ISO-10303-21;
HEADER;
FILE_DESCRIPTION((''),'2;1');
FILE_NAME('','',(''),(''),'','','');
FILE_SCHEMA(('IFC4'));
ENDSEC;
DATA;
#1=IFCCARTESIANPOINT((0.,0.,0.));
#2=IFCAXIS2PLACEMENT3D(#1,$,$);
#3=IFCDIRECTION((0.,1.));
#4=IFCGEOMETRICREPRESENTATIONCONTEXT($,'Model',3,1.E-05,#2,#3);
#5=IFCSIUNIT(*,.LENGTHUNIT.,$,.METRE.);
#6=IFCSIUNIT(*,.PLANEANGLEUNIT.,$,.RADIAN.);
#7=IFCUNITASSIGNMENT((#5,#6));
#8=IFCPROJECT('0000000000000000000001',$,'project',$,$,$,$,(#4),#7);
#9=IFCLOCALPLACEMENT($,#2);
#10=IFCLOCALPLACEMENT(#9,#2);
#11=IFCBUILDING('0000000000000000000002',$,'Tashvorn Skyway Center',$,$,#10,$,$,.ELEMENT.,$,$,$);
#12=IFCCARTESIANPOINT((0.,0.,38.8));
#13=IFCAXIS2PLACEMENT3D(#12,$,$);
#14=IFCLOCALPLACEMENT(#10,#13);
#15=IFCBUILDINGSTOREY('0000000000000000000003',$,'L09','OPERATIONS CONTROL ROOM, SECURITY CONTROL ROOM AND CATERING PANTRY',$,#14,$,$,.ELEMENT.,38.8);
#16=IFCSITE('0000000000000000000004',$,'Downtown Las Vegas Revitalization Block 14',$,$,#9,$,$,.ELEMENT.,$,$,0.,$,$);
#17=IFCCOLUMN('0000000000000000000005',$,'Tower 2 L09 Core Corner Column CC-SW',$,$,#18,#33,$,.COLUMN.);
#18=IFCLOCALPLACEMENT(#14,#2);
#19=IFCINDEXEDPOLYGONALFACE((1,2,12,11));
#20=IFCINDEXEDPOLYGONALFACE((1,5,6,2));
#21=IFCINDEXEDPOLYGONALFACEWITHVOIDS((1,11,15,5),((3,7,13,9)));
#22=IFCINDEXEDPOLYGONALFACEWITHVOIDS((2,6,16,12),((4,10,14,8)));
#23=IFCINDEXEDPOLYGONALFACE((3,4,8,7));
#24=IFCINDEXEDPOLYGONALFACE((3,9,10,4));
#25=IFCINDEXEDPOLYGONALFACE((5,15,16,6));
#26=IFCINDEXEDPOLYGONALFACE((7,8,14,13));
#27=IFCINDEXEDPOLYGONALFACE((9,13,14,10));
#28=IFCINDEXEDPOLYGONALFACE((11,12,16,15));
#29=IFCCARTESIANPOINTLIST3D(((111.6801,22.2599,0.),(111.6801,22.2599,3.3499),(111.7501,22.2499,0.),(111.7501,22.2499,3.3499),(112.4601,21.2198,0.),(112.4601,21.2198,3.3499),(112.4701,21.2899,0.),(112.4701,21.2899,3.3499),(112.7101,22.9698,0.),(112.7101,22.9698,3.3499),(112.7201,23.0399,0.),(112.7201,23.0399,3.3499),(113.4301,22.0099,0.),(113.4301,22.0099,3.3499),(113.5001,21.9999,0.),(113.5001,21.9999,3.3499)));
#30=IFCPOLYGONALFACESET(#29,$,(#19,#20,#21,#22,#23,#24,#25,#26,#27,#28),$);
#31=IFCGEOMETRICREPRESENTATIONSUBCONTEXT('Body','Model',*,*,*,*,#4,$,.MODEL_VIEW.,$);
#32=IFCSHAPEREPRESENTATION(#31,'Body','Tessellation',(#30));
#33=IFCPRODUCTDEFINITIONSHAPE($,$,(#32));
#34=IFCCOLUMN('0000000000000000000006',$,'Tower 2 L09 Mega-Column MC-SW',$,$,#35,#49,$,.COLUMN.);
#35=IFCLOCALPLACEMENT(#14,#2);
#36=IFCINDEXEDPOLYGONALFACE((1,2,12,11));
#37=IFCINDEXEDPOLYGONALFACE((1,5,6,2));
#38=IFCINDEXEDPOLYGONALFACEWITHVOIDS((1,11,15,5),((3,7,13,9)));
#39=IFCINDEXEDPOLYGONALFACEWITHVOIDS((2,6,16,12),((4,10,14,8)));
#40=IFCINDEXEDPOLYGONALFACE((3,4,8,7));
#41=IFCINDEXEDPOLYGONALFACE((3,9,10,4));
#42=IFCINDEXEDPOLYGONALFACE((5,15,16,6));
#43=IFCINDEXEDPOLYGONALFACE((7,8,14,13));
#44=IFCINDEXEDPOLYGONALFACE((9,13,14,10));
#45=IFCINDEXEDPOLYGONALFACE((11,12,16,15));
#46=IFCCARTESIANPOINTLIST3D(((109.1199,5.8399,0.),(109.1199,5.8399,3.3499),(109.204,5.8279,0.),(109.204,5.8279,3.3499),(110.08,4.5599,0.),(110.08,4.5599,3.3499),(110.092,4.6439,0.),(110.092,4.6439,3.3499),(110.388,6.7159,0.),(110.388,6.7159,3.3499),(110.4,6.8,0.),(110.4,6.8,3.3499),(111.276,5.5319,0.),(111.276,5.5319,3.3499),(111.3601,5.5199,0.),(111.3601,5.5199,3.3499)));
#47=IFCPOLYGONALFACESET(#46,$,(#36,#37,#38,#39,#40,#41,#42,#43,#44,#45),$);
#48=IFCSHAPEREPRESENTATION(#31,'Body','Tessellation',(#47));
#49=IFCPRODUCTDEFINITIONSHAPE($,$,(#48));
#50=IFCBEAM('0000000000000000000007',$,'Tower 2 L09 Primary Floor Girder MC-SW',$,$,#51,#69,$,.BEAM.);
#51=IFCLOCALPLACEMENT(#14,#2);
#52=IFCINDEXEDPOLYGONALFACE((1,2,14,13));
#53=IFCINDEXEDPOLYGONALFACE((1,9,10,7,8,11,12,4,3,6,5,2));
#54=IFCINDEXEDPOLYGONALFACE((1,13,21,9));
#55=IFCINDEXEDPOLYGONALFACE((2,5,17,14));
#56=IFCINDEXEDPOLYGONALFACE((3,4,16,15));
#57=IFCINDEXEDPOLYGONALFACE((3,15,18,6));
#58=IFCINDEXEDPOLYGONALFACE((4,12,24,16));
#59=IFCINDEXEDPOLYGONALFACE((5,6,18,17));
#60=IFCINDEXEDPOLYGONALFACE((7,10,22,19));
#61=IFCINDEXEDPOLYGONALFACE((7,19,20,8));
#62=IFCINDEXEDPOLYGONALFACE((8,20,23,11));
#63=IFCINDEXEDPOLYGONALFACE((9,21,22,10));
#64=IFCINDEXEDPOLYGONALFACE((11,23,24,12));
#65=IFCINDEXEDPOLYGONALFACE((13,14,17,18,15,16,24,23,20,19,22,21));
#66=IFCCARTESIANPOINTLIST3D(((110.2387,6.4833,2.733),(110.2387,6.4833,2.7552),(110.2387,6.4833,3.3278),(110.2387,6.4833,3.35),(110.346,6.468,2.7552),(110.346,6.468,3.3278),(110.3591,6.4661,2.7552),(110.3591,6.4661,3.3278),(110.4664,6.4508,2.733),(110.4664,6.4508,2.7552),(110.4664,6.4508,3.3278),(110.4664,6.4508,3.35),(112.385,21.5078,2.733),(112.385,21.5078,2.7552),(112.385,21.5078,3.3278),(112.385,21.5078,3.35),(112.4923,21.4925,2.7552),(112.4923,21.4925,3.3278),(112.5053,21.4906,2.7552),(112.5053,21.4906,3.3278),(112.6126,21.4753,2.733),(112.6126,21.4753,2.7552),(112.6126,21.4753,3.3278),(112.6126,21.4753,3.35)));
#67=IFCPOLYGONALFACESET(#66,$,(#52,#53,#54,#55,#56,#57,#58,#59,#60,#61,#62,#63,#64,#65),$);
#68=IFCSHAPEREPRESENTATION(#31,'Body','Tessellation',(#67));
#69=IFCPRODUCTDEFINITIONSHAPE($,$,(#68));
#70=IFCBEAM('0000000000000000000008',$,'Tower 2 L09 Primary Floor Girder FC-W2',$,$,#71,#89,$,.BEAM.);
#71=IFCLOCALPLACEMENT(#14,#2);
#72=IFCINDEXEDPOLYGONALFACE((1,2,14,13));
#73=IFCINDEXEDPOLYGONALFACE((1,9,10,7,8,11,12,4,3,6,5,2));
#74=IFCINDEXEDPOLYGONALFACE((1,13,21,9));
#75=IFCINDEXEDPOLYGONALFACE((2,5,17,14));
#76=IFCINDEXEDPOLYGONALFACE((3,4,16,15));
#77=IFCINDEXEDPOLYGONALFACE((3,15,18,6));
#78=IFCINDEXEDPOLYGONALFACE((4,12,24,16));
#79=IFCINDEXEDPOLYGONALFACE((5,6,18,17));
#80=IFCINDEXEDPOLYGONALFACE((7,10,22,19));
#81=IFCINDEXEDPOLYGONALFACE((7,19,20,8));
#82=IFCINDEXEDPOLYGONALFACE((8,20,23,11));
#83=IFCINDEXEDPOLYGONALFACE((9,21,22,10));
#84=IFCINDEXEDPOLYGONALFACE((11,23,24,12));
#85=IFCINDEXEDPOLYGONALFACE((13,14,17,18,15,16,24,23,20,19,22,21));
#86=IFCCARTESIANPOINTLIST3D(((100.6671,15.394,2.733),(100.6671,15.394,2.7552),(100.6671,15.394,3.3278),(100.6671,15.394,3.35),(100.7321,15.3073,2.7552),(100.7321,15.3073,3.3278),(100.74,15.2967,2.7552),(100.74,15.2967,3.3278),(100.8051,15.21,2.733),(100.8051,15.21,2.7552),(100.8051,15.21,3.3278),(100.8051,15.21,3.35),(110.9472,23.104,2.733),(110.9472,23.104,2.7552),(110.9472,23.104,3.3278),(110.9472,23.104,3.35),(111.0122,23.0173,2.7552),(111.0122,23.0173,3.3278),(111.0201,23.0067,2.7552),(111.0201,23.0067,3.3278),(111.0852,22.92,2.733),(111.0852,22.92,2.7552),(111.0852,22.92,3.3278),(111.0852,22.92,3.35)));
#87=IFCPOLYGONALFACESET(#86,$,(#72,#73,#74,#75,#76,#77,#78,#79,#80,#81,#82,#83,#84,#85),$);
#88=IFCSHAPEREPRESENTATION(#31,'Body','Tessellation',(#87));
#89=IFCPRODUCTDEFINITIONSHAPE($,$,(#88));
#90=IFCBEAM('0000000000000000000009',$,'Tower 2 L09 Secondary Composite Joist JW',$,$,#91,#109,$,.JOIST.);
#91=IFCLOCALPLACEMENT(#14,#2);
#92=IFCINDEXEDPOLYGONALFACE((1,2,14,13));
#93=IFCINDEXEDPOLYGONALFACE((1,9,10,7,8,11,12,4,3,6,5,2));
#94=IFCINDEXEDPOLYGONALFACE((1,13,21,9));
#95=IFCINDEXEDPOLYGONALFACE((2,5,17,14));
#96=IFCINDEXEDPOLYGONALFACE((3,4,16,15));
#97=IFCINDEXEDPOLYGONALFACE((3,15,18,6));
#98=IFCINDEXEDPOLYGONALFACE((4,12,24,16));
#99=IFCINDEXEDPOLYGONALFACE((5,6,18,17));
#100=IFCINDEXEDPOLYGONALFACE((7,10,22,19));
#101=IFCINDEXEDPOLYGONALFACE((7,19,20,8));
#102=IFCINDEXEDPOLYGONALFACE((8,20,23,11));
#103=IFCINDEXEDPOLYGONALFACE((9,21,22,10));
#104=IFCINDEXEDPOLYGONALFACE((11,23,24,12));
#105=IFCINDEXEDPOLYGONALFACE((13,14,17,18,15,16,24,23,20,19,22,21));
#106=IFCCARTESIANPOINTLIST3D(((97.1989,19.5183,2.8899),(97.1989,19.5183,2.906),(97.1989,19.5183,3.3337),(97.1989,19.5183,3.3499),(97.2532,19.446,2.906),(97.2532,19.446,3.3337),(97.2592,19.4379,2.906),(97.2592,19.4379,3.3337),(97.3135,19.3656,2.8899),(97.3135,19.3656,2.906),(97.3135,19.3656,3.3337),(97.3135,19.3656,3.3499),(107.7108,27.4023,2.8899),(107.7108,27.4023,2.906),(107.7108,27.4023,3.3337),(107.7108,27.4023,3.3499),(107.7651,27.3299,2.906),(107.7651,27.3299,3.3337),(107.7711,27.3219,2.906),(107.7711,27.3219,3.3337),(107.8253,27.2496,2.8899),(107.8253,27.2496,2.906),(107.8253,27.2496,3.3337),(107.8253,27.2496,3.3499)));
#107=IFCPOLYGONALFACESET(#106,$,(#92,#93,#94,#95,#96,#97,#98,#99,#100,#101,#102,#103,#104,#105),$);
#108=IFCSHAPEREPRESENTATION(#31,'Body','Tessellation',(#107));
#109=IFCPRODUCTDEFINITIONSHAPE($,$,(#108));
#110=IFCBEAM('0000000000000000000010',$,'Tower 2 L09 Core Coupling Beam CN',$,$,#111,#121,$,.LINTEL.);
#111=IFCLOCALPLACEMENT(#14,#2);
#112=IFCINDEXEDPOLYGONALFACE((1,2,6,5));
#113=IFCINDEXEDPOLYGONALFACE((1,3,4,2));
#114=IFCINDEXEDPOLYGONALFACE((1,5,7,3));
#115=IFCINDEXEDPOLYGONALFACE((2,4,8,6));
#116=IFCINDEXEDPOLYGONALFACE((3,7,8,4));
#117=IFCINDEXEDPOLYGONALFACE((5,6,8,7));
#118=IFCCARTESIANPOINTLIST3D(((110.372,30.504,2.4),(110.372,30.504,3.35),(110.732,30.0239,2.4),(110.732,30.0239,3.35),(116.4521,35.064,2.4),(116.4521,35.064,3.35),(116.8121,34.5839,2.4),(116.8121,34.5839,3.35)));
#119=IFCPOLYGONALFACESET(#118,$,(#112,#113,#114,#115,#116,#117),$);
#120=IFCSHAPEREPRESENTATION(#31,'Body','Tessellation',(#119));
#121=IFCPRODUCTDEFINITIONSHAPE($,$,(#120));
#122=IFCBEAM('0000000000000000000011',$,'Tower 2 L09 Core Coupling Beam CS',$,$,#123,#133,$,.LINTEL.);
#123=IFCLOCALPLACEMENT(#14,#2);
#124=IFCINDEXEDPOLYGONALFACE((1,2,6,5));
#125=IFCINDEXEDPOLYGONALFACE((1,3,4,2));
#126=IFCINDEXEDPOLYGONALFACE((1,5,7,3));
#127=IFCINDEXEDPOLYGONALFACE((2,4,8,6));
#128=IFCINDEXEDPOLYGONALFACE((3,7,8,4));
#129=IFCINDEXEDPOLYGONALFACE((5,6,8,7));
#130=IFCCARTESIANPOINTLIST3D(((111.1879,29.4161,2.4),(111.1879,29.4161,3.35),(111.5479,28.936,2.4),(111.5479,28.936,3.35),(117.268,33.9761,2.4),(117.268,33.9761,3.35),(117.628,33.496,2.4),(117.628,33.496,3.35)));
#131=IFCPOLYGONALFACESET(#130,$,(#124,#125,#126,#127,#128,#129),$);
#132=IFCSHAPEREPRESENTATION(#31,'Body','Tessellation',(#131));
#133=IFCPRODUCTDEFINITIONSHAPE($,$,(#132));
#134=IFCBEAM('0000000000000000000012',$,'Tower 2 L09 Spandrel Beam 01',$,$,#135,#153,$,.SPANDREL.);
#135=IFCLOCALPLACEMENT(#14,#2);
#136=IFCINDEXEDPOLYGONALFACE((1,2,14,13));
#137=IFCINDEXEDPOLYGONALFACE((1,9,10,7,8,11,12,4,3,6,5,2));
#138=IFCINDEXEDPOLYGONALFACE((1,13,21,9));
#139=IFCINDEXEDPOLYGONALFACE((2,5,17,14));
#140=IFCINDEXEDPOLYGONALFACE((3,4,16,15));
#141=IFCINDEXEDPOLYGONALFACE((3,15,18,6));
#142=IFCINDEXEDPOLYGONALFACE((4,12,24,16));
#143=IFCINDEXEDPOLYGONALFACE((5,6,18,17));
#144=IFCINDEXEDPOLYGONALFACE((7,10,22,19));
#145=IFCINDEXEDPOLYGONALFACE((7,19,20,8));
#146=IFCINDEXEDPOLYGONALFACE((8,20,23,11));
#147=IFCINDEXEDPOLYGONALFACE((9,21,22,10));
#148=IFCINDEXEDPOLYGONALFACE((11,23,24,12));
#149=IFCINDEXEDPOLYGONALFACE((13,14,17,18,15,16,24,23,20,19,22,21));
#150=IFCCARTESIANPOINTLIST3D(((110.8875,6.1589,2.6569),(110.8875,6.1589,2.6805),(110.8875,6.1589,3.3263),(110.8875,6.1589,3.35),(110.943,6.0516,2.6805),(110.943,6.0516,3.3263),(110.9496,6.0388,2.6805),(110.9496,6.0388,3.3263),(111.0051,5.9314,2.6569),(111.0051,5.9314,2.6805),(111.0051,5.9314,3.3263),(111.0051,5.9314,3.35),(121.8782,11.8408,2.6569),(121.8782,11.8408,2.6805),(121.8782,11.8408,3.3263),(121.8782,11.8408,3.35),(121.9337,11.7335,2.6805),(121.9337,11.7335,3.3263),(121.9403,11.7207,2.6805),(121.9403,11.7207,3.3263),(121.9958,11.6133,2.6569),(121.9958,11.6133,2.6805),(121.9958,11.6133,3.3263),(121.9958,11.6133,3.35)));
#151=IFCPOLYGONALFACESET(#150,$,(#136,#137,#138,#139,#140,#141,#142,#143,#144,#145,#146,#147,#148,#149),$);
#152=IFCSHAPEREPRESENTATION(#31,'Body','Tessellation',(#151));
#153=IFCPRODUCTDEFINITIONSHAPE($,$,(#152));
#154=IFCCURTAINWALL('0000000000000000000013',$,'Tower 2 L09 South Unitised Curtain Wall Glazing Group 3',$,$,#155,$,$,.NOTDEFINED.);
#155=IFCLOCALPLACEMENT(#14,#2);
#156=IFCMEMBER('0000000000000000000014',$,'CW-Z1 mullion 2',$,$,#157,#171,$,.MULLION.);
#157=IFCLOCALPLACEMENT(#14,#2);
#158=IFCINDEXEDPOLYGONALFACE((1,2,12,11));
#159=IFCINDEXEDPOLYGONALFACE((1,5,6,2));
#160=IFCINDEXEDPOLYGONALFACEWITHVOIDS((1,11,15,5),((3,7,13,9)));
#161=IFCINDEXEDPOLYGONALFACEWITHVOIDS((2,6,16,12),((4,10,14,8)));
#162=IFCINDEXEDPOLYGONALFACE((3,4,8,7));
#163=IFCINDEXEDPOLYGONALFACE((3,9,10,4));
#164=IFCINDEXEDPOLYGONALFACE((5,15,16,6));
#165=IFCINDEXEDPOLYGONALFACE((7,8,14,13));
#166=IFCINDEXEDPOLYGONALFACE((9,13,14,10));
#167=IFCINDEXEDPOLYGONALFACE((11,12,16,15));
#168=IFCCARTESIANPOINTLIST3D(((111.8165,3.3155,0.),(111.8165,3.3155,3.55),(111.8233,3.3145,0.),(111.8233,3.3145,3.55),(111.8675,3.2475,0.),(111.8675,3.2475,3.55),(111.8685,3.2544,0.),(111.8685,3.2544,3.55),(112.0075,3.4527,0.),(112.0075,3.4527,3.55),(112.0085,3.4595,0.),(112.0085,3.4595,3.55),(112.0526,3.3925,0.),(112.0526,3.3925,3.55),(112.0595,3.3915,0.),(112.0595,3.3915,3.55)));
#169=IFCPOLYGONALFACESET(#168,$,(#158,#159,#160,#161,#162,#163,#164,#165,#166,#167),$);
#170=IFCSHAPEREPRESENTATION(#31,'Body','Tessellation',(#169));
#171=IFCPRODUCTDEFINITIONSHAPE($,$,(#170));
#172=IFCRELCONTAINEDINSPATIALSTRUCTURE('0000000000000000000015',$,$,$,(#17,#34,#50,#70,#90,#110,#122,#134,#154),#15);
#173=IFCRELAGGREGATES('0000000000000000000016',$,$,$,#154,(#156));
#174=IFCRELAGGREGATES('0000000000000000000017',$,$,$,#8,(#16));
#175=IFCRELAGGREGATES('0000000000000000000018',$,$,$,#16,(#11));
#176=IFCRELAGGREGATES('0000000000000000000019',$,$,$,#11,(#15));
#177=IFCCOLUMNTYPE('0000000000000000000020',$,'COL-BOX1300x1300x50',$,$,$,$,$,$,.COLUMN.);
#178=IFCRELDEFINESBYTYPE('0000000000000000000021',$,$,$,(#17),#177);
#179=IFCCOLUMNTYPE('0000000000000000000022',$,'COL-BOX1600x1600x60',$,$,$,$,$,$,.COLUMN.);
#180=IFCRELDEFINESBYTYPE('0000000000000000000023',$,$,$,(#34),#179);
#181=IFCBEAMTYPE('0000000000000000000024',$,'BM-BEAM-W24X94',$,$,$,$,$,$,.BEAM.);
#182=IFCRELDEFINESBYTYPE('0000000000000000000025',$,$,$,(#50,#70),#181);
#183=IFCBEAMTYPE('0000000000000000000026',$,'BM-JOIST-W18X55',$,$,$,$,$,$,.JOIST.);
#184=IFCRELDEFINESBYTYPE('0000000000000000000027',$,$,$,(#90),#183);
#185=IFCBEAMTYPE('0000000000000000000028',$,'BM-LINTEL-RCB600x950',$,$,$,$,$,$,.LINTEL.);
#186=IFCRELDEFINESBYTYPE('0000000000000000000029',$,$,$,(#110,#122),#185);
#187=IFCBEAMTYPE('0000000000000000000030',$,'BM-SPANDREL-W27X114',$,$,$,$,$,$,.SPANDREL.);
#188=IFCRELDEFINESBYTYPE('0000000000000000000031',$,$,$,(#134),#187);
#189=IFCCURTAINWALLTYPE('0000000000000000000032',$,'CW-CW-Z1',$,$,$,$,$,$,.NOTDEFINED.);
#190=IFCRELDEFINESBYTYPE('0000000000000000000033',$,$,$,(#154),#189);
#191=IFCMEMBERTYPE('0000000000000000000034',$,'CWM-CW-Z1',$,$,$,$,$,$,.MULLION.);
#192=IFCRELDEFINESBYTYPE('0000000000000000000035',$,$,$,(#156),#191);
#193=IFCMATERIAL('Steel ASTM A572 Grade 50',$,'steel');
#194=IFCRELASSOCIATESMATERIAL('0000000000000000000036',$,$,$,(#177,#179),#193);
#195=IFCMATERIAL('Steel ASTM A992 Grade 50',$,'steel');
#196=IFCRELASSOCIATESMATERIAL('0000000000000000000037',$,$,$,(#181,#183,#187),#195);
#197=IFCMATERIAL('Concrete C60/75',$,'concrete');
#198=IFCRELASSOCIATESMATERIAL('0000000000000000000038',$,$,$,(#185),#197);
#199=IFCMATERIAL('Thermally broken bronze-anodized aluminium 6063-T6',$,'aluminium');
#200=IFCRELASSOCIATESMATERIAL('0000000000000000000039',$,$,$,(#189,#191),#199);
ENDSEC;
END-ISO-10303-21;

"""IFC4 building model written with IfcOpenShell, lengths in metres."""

from ifc_helpers import new_model, si_unit, direction, frame, origin, origin_2d, place, context, subcontext, project, spatial, rectangle, hollow_rectangle, i_section, extrude, material, material_profile, profile_set, type_object, element, aggregate, save


model = new_model("IFC4")

# Units and contexts
model_context = context("Model", 3, precision=1e-05, world=origin(), true_north=direction((0.0, 1.0)))
body_context = subcontext(model_context, "Body", "Model", "MODEL_VIEW")
ifc_project = project(units=[si_unit("LENGTHUNIT", "METRE"), si_unit("PLANEANGLEUNIT", "RADIAN")], contexts=[model_context])

# Site, building, storey
site_placement = place(None, origin())
site = spatial("IfcSite", under=ifc_project, at=site_placement, Name="Downtown Las Vegas Revitalization Block 14", CompositionType="ELEMENT", RefElevation=0.0)
building_placement = place(site_placement, origin())
building = spatial("IfcBuilding", under=site, at=building_placement, Name="Tashvorn Skyway Center", CompositionType="ELEMENT")
storey_placement = place(building_placement, frame((0.0, 0.0, 38.8)))
storey = spatial("IfcBuildingStorey", under=building, at=storey_placement, Name="L09", Description="OPERATIONS CONTROL ROOM, SECURITY CONTROL ROOM AND CATERING PANTRY", CompositionType="ELEMENT", Elevation=38.8)

# Columns
ifc_material_1 = material(Name="Steel ASTM A572 Grade 50", Category="steel")
ifc_material_profile_1 = material_profile(ifc_material_1, hollow_rectangle(XDim=1.3, YDim=1.3, WallThickness=0.05, at=origin_2d()), Name="BOX1300x1300x50")
ifc_profile_set_1 = profile_set([ifc_material_profile_1], Name="Steel ASTM A572 Grade 50")
column_type_1 = type_object("IfcColumnType", Name="COL-BOX1300x1300x50", PredefinedType="COLUMN", material=ifc_profile_set_1)
column_1_placement = place(storey_placement, frame((112.5901, 22.1299, 0.0), z_axis=(0.0, 0.0, 1.0), x_axis=(0.8, 0.6, 0.0)))
element("IfcColumn", 1, at=column_1_placement, inside=storey, type_object=column_type_1, Name="Tower 2 L09 Core Corner Column CC-SW", PredefinedType="COLUMN", context=body_context, shape_type="SweptSolid", body=[
    extrude(hollow_rectangle(XDim=1.3, YDim=1.3, WallThickness=0.05, at=origin_2d()), origin(), (0.0, 0.0, 1.0), 3.3499),
])
ifc_material_profile_2 = material_profile(ifc_material_1, hollow_rectangle(XDim=1.6001, YDim=1.6001, WallThickness=0.0601, at=origin_2d()), Name="BOX1600x1600x60")
ifc_profile_set_2 = profile_set([ifc_material_profile_2], Name="Steel ASTM A572 Grade 50")
column_type_2 = type_object("IfcColumnType", Name="COL-BOX1600x1600x60", PredefinedType="COLUMN", material=ifc_profile_set_2)
column_2_placement = place(storey_placement, frame((110.24, 5.6799, 0.0), z_axis=(0.0, 0.0, 1.0), x_axis=(0.8, 0.6, 0.0)))
element("IfcColumn", 2, at=column_2_placement, inside=storey, type_object=column_type_2, Name="Tower 2 L09 Mega-Column MC-SW", PredefinedType="COLUMN", context=body_context, shape_type="SweptSolid", body=[
    extrude(hollow_rectangle(XDim=1.6001, YDim=1.6001, WallThickness=0.0601, at=origin_2d()), origin(), (0.0, 0.0, 1.0), 3.3499),
])

# Beams
ifc_material_2 = material(Name="Steel ASTM A992 Grade 50", Category="steel")
ifc_material_profile_3 = material_profile(ifc_material_2, i_section(OverallWidth=0.23, OverallDepth=0.6169, WebThickness=0.0132, FlangeThickness=0.0222, at=origin_2d()), Name="W24X94")
ifc_profile_set_3 = profile_set([ifc_material_profile_3], Name="Steel ASTM A992 Grade 50")
beam_type_1 = type_object("IfcBeamType", Name="BM-BEAM-W24X94", PredefinedType="BEAM", material=ifc_profile_set_3)
beam_1_placement = place(storey_placement, frame((110.3525, 6.467, 3.0415), z_axis=(0.141415, 0.98995, 0.0), x_axis=(-0.98995, 0.141415, 0.0)))
element("IfcBeam", 3, at=beam_1_placement, inside=storey, type_object=beam_type_1, Name="Tower 2 L09 Primary Floor Girder MC-SW", PredefinedType="BEAM", context=body_context, shape_type="SweptSolid", body=[
    extrude(i_section(OverallWidth=0.23, OverallDepth=0.6169, WebThickness=0.0132, FlangeThickness=0.0222, at=origin_2d()), origin(), (0.0, 0.0, 1.0), 15.177),
])
beam_2_placement = place(storey_placement, frame((100.7361, 15.302, 3.0415), z_axis=(0.800002, 0.599997, 0.0), x_axis=(-0.599997, 0.800002, 0.0)))
element("IfcBeam", 4, at=beam_2_placement, inside=storey, type_object=beam_type_1, Name="Tower 2 L09 Primary Floor Girder FC-W2", PredefinedType="BEAM", context=body_context, shape_type="SweptSolid", body=[
    extrude(i_section(OverallWidth=0.23, OverallDepth=0.6169, WebThickness=0.0132, FlangeThickness=0.0222, at=origin_2d()), origin(), (0.0, 0.0, 1.0), 12.8501),
])
ifc_material_profile_4 = material_profile(ifc_material_2, i_section(OverallWidth=0.1909, OverallDepth=0.46, WebThickness=0.01, FlangeThickness=0.0161, at=origin_2d()), Name="W18X55")
ifc_profile_set_4 = profile_set([ifc_material_profile_4], Name="Steel ASTM A992 Grade 50")
beam_type_2 = type_object("IfcBeamType", Name="BM-JOIST-W18X55", PredefinedType="JOIST", material=ifc_profile_set_4)
beam_3_placement = place(storey_placement, frame((107.7681, 27.3259, 3.1199), z_axis=(-0.799998, -0.600003, 0.0), x_axis=(0.600003, -0.799998, 0.0)))
element("IfcBeam", 5, at=beam_3_placement, inside=storey, type_object=beam_type_2, Name="Tower 2 L09 Secondary Composite Joist JW", PredefinedType="JOIST", context=body_context, shape_type="SweptSolid", body=[
    extrude(i_section(OverallWidth=0.1909, OverallDepth=0.46, WebThickness=0.01, FlangeThickness=0.0161, at=origin_2d()), origin(), (0.0, 0.0, 1.0), 13.1399),
])
ifc_material_3 = material(Name="Concrete C60/75", Category="concrete")
ifc_material_profile_5 = material_profile(ifc_material_3, rectangle(XDim=0.6001, YDim=0.95, at=origin_2d()), Name="RCB600x950")
ifc_profile_set_5 = profile_set([ifc_material_profile_5], Name="Concrete C60/75")
beam_type_3 = type_object("IfcBeamType", Name="BM-LINTEL-RCB600x950", PredefinedType="LINTEL", material=ifc_profile_set_5)
for number, where, z_axis, x_axis, name in (
    (6, (110.552, 30.2639, 2.875), (0.8, 0.6, 0.0), (-0.6, 0.8, 0.0), "Tower 2 L09 Core Coupling Beam CN"),
    (7, (111.3679, 29.176, 2.875), (0.8, 0.6, 0.0), (-0.6, 0.8, 0.0), "Tower 2 L09 Core Coupling Beam CS"),
):
    element("IfcBeam", number, at=place(storey_placement, frame(where, z_axis=z_axis, x_axis=x_axis)), inside=storey, type_object=beam_type_3, Name=name, PredefinedType="LINTEL", context=body_context, shape_type="SweptSolid", body=[
        extrude(rectangle(XDim=0.6001, YDim=0.95, at=origin_2d()), origin(), (0.0, 0.0, 1.0), 7.6001),
    ])
ifc_material_profile_6 = material_profile(ifc_material_2, i_section(OverallWidth=0.2561, OverallDepth=0.6931, WebThickness=0.0144, FlangeThickness=0.0237, at=origin_2d()), Name="W27X114")
ifc_profile_set_6 = profile_set([ifc_material_profile_6], Name="Steel ASTM A992 Grade 50")
beam_type_4 = type_object("IfcBeamType", Name="BM-SPANDREL-W27X114", PredefinedType="SPANDREL", material=ifc_profile_set_6)
beam_4_placement = place(storey_placement, frame((110.9463, 6.0452, 3.0034), z_axis=(0.888316, 0.459233, 0.0), x_axis=(-0.459233, 0.888316, 0.0)))
element("IfcBeam", 8, at=beam_4_placement, inside=storey, type_object=beam_type_4, Name="Tower 2 L09 Spandrel Beam 01", PredefinedType="SPANDREL", context=body_context, shape_type="SweptSolid", body=[
    extrude(i_section(OverallWidth=0.2561, OverallDepth=0.6931, WebThickness=0.0144, FlangeThickness=0.0237, at=origin_2d()), origin(), (0.0, 0.0, 1.0), 12.3726),
])

# Curtain wall, member
ifc_material_4 = material(Name="Thermally broken bronze-anodized aluminium 6063-T6", Category="aluminium")
curtain_wall_type = type_object("IfcCurtainWallType", Name="CW-CW-Z1", PredefinedType="NOTDEFINED", material=ifc_material_4)
curtain_wall_1_placement = place(storey_placement, origin())
curtain_wall_1 = element("IfcCurtainWall", 9, at=curtain_wall_1_placement, inside=storey, type_object=curtain_wall_type, Name="Tower 2 L09 South Unitised Curtain Wall Glazing Group 3", PredefinedType="NOTDEFINED")
ifc_material_profile_7 = material_profile(ifc_material_4, hollow_rectangle(XDim=0.085, YDim=0.24, WallThickness=0.0049, at=origin_2d()), Name="ALU-MULL-85x240")
ifc_profile_set_7 = profile_set([ifc_material_profile_7], Name="Thermally broken bronze-anodized aluminium 6063-T6")
member_type_1 = type_object("IfcMemberType", Name="CWM-CW-Z1", PredefinedType="MULLION", material=ifc_profile_set_7)
member_1_placement = place(storey_placement, frame((111.938, 3.3535, 0.0), z_axis=(0.0, 0.0, 1.0), x_axis=(0.6, -0.8, 0.0)))
member_1 = element("IfcMember", 10, at=member_1_placement, type_object=member_type_1, Name="CW-Z1 mullion 2", PredefinedType="MULLION", context=body_context, shape_type="SweptSolid", body=[
    extrude(hollow_rectangle(XDim=0.085, YDim=0.24, WallThickness=0.0049, at=origin_2d()), origin(), (0.0, 0.0, 1.0), 3.55),
])
aggregate(curtain_wall_1, [member_1])

save(model, "model.ifc")
